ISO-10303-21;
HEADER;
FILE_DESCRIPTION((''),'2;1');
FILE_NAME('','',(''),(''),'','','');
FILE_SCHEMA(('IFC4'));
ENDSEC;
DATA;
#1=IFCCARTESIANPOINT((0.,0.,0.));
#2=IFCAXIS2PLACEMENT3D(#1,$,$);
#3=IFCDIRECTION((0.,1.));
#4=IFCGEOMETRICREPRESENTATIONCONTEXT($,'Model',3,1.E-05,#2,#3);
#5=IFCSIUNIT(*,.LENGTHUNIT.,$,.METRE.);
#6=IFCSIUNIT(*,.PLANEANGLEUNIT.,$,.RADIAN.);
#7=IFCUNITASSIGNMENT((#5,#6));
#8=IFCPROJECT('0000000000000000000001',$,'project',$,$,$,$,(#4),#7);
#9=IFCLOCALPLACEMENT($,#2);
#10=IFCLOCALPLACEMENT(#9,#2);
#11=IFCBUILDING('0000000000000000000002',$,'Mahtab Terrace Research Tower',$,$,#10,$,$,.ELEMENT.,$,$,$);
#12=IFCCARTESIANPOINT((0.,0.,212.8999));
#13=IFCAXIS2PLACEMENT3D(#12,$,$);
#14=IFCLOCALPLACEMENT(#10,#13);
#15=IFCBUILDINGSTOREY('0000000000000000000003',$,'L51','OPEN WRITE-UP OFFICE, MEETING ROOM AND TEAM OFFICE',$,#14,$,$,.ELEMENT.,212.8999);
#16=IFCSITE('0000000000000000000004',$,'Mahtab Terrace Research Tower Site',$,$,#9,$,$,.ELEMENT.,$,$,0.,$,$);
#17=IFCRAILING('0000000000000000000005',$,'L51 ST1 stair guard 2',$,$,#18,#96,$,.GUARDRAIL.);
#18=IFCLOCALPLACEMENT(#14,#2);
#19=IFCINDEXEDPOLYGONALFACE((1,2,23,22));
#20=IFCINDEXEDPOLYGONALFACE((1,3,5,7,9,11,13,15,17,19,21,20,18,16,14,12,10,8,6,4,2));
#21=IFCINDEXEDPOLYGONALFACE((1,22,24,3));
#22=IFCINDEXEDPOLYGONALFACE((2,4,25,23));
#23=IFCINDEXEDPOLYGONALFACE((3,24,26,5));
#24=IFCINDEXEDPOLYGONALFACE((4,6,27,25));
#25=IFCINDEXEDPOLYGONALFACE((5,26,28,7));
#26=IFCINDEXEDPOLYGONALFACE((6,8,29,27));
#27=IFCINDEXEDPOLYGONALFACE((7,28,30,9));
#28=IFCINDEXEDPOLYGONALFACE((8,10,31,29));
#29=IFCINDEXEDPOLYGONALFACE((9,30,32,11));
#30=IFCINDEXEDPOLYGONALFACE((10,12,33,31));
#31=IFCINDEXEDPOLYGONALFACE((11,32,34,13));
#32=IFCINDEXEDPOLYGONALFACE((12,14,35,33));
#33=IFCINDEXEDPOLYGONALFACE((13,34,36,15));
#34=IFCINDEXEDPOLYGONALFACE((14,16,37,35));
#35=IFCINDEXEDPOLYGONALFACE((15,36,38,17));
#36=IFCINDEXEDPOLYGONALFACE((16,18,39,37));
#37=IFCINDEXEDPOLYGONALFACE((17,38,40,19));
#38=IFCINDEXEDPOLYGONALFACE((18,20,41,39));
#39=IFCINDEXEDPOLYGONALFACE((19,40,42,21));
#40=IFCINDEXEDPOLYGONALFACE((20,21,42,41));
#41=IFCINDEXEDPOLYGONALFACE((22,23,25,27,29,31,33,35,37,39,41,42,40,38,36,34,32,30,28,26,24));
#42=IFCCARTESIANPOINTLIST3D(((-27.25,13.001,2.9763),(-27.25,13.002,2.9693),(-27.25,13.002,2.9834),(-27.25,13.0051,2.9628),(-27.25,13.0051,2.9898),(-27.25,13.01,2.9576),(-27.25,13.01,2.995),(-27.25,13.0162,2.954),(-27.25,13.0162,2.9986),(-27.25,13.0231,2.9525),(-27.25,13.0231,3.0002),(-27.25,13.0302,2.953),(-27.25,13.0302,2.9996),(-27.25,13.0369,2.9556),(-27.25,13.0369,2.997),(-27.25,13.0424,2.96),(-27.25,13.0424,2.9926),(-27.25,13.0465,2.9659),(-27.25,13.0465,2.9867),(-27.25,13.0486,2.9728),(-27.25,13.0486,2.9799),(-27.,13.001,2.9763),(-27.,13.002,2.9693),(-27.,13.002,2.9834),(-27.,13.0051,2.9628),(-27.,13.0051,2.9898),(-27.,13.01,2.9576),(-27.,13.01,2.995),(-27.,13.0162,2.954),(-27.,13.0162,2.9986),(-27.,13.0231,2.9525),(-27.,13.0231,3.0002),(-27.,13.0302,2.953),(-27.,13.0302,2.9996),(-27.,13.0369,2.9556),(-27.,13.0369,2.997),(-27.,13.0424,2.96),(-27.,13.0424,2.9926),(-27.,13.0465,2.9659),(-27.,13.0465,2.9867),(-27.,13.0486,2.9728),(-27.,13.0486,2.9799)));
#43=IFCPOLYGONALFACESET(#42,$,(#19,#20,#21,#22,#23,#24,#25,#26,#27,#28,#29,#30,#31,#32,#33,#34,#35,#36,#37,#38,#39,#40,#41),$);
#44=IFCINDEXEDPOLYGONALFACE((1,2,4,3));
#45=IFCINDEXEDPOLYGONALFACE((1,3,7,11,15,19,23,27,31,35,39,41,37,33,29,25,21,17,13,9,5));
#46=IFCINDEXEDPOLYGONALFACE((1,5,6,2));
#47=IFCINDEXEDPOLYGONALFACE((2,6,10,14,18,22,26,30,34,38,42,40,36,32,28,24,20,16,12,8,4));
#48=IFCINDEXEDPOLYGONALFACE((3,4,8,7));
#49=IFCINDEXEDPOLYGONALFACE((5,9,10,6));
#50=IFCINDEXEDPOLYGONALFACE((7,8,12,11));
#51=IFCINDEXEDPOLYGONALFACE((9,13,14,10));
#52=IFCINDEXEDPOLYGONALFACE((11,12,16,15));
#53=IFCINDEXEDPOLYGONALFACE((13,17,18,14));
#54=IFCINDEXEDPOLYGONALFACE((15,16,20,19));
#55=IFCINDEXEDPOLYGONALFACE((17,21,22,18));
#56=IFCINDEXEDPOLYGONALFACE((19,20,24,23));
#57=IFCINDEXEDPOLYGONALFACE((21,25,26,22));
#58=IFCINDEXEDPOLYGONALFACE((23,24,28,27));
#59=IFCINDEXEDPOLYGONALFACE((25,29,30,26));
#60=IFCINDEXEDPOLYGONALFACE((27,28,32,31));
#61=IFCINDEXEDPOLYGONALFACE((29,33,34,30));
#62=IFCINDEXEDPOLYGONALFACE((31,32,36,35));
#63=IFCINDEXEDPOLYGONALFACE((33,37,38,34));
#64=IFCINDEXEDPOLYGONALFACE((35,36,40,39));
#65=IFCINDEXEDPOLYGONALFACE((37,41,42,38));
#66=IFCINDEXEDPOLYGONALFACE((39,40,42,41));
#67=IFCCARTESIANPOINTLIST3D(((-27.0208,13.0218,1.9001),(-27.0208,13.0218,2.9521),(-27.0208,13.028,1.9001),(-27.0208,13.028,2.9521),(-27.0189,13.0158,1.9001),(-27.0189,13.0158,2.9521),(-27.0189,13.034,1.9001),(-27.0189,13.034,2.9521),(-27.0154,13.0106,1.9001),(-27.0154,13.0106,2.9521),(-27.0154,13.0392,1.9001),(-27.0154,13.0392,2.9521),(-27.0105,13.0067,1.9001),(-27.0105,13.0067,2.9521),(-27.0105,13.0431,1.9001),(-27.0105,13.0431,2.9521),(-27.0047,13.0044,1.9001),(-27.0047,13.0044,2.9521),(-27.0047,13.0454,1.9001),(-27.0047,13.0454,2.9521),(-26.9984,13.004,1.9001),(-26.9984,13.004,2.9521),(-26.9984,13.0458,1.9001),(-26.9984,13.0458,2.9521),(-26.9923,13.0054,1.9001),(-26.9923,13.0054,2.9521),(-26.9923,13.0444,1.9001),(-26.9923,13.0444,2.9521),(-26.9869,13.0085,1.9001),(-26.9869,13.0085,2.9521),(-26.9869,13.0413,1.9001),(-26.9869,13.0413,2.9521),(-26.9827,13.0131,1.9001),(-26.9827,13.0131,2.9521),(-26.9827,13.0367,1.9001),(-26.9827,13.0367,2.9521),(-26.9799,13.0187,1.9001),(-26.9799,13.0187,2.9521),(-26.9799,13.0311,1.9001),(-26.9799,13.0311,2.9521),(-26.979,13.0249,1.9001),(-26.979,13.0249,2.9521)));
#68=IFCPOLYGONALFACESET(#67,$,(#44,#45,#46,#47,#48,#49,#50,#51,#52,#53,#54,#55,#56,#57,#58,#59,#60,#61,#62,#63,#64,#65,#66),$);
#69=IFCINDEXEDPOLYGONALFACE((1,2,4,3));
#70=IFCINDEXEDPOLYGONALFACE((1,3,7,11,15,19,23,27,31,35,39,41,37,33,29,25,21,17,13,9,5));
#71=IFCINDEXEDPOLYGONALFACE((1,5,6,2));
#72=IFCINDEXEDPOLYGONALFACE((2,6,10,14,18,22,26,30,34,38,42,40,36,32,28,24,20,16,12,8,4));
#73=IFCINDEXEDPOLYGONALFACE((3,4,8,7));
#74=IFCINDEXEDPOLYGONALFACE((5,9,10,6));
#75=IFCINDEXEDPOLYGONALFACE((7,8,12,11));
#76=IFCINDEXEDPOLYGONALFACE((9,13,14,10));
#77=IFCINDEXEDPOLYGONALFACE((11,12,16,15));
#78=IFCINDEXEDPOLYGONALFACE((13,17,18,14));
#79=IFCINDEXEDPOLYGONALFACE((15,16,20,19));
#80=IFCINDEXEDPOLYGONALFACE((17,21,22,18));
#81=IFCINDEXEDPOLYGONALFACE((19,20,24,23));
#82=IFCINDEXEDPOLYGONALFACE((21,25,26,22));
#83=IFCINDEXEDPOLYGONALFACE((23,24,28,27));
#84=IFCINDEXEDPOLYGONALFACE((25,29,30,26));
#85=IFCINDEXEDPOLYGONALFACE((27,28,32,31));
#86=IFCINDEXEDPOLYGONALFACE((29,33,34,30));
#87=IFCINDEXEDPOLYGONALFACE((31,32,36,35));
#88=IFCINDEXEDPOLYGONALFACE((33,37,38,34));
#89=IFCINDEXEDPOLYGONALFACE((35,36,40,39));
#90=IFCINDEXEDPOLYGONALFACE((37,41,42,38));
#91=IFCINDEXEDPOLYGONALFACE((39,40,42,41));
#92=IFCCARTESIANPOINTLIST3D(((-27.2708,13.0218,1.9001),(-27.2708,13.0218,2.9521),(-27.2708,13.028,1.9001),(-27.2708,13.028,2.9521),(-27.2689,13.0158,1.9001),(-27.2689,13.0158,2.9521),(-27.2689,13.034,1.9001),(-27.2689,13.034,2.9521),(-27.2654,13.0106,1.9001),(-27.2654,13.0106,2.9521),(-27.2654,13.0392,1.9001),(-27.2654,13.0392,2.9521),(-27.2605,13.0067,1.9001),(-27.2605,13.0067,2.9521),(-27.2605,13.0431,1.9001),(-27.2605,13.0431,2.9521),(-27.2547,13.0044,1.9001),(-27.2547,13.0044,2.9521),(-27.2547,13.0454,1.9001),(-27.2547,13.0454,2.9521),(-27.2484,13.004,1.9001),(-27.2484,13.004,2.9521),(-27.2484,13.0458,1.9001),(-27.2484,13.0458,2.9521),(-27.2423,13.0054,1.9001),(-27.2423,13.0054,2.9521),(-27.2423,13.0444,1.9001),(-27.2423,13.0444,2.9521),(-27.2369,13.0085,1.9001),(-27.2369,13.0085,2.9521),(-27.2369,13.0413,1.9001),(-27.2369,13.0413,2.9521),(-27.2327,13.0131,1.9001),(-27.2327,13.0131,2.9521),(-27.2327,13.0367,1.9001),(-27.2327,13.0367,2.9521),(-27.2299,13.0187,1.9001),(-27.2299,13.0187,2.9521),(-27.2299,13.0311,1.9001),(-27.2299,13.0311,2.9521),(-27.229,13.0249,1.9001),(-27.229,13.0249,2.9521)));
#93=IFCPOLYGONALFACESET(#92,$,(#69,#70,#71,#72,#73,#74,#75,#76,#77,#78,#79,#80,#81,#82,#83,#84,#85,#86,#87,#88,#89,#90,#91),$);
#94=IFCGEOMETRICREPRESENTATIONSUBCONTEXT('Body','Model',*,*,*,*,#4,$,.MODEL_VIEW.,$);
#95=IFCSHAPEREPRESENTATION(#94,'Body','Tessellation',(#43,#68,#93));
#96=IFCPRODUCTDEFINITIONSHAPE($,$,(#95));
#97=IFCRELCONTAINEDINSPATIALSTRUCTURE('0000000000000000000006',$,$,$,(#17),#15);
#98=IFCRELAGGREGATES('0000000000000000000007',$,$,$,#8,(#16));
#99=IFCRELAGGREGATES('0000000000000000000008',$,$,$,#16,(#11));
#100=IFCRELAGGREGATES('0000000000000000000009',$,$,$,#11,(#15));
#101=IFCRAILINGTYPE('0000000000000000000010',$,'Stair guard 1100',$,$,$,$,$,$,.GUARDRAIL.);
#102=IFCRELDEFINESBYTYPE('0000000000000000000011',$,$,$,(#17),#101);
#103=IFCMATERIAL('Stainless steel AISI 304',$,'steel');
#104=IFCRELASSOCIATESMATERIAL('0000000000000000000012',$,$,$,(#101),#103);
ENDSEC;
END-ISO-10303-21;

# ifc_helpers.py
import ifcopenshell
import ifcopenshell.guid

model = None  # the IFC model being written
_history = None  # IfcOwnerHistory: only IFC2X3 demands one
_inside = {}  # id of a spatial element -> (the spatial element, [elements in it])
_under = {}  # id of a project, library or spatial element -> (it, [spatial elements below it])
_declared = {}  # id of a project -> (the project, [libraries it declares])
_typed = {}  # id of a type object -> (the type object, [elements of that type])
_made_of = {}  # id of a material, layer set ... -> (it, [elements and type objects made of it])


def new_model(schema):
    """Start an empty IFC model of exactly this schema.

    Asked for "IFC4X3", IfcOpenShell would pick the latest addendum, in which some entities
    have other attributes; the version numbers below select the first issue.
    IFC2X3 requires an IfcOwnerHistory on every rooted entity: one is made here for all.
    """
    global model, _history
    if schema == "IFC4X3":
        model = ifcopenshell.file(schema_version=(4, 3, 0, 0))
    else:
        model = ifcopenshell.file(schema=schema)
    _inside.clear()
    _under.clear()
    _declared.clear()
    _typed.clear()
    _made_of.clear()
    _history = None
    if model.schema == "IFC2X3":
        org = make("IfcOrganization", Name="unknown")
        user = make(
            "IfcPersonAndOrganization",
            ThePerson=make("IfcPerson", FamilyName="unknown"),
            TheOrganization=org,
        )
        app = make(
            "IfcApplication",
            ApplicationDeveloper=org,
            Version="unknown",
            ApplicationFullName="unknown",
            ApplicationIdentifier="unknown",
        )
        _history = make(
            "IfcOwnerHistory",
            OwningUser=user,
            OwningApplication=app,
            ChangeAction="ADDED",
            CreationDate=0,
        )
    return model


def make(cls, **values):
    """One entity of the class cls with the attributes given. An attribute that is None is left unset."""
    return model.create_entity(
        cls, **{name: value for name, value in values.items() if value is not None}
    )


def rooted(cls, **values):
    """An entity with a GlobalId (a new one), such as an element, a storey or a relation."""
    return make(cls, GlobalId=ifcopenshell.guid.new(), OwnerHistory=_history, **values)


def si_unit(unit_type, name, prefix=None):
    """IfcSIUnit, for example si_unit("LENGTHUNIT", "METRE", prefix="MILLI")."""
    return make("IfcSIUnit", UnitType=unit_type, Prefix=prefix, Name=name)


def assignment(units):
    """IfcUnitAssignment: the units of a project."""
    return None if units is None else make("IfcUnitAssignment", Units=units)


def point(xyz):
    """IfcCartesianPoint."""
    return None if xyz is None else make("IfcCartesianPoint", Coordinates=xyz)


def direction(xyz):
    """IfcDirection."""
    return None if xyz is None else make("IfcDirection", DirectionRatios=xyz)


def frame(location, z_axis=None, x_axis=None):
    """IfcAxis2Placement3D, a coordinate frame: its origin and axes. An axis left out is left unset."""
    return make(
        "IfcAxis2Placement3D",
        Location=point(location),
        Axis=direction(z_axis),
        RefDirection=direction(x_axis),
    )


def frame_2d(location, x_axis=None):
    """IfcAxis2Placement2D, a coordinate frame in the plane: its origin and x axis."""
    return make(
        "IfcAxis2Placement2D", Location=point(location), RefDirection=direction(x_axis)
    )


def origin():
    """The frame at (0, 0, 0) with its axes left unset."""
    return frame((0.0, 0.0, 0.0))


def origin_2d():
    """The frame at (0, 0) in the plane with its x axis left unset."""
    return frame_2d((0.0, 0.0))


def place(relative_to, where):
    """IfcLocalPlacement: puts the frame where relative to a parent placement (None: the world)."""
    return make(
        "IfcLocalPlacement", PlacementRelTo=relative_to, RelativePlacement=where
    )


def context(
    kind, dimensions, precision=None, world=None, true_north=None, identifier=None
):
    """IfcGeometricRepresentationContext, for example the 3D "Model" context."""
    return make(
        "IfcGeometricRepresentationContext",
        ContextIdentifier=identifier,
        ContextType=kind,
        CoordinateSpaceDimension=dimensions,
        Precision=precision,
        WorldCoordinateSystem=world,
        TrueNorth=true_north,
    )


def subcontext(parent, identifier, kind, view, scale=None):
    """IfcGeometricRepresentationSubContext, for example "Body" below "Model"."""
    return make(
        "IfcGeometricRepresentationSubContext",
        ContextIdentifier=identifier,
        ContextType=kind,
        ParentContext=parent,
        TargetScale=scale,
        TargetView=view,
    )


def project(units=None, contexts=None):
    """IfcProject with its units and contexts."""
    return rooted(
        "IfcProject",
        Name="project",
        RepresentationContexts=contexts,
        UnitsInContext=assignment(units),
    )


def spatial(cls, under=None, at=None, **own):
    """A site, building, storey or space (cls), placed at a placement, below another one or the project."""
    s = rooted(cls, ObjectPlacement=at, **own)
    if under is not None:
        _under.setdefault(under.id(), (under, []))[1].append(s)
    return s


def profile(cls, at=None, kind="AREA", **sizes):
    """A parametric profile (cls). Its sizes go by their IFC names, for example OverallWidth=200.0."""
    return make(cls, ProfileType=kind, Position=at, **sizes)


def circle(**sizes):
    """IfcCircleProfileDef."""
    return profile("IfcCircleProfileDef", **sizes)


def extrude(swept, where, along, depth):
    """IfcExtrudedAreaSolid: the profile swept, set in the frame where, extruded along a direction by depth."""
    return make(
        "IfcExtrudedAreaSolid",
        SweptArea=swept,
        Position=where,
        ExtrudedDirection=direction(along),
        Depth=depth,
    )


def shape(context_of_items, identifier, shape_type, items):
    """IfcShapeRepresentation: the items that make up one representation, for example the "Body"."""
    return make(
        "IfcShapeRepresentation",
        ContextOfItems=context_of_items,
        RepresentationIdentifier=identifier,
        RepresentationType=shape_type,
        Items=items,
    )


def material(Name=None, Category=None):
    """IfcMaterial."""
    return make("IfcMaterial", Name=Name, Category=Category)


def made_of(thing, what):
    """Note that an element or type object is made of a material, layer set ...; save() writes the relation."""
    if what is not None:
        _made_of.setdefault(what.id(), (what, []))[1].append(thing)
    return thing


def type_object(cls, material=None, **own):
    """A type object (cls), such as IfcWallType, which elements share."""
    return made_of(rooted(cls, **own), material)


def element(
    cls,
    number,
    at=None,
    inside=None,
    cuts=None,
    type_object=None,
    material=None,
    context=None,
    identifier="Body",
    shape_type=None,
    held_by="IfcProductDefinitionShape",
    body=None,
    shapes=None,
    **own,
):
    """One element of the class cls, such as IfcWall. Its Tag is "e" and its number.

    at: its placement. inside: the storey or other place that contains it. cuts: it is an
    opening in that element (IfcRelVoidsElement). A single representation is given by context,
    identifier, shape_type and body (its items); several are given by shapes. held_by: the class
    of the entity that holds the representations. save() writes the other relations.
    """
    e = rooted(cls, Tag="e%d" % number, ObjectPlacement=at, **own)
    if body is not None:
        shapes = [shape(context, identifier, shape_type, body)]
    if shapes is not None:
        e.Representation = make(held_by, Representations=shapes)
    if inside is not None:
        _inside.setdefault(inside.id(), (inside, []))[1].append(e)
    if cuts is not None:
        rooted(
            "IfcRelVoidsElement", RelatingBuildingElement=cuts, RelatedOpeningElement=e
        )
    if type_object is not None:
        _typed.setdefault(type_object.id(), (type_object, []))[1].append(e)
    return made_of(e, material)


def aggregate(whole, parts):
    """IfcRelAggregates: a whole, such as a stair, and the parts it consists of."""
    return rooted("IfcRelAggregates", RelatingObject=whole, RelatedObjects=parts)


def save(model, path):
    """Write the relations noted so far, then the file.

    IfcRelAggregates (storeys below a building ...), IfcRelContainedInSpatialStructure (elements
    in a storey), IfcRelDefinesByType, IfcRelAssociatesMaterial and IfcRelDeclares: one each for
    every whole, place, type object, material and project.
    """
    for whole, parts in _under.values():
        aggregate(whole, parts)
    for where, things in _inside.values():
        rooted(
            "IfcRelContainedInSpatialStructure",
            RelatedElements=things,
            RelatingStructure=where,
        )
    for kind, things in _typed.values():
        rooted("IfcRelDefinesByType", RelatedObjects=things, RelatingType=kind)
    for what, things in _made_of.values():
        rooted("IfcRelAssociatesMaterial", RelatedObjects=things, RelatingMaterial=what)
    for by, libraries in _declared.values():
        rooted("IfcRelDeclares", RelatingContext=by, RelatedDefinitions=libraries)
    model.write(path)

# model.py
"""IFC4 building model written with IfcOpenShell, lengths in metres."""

from ifc_helpers import new_model, si_unit, direction, frame, origin, origin_2d, place, context, subcontext, project, spatial, circle, extrude, material, type_object, element, save


model = new_model("IFC4")

# Units and contexts
model_context = context("Model", 3, precision=1e-05, world=origin(), true_north=direction((0.0, 1.0)))
body_context = subcontext(model_context, "Body", "Model", "MODEL_VIEW")
ifc_project = project(units=[si_unit("LENGTHUNIT", "METRE"), si_unit("PLANEANGLEUNIT", "RADIAN")], contexts=[model_context])

# Site, building, storey
site_placement = place(None, origin())
site = spatial("IfcSite", under=ifc_project, at=site_placement, Name="Mahtab Terrace Research Tower Site", CompositionType="ELEMENT", RefElevation=0.0)
building_placement = place(site_placement, origin())
building = spatial("IfcBuilding", under=site, at=building_placement, Name="Mahtab Terrace Research Tower", CompositionType="ELEMENT")
storey_placement = place(building_placement, frame((0.0, 0.0, 212.8999)))
storey = spatial("IfcBuildingStorey", under=building, at=storey_placement, Name="L51", Description="OPEN WRITE-UP OFFICE, MEETING ROOM AND TEAM OFFICE", CompositionType="ELEMENT", Elevation=212.8999)

# Railing
ifc_material_1 = material(Name="Stainless steel AISI 304", Category="steel")
railing_type_1 = type_object("IfcRailingType", Name="Stair guard 1100", PredefinedType="GUARDRAIL", material=ifc_material_1)
railing_1_placement = place(storey_placement, frame((-27.0, 13.0249, 1.9001)))
element("IfcRailing", 1, at=railing_1_placement, inside=storey, type_object=railing_type_1, Name="L51 ST1 stair guard 2", PredefinedType="GUARDRAIL", context=body_context, shape_type="SweptSolid", body=[
    extrude(circle(Radius=0.0239, at=origin_2d()), frame((0.0, 0.0, 1.0762), z_axis=(-1.0, 0.0, 0.0), x_axis=(0.0, -1.0, 0.0)), (0.0, 0.0, 1.0), 0.25),
    extrude(circle(Radius=0.021, at=origin_2d()), origin(), (0.0, 0.0, 1.0), 1.052),
    extrude(circle(Radius=0.021, at=origin_2d()), frame((-0.25, 0.0, 0.0)), (0.0, 0.0, 1.0), 1.052),
])

save(model, "model.ifc")
